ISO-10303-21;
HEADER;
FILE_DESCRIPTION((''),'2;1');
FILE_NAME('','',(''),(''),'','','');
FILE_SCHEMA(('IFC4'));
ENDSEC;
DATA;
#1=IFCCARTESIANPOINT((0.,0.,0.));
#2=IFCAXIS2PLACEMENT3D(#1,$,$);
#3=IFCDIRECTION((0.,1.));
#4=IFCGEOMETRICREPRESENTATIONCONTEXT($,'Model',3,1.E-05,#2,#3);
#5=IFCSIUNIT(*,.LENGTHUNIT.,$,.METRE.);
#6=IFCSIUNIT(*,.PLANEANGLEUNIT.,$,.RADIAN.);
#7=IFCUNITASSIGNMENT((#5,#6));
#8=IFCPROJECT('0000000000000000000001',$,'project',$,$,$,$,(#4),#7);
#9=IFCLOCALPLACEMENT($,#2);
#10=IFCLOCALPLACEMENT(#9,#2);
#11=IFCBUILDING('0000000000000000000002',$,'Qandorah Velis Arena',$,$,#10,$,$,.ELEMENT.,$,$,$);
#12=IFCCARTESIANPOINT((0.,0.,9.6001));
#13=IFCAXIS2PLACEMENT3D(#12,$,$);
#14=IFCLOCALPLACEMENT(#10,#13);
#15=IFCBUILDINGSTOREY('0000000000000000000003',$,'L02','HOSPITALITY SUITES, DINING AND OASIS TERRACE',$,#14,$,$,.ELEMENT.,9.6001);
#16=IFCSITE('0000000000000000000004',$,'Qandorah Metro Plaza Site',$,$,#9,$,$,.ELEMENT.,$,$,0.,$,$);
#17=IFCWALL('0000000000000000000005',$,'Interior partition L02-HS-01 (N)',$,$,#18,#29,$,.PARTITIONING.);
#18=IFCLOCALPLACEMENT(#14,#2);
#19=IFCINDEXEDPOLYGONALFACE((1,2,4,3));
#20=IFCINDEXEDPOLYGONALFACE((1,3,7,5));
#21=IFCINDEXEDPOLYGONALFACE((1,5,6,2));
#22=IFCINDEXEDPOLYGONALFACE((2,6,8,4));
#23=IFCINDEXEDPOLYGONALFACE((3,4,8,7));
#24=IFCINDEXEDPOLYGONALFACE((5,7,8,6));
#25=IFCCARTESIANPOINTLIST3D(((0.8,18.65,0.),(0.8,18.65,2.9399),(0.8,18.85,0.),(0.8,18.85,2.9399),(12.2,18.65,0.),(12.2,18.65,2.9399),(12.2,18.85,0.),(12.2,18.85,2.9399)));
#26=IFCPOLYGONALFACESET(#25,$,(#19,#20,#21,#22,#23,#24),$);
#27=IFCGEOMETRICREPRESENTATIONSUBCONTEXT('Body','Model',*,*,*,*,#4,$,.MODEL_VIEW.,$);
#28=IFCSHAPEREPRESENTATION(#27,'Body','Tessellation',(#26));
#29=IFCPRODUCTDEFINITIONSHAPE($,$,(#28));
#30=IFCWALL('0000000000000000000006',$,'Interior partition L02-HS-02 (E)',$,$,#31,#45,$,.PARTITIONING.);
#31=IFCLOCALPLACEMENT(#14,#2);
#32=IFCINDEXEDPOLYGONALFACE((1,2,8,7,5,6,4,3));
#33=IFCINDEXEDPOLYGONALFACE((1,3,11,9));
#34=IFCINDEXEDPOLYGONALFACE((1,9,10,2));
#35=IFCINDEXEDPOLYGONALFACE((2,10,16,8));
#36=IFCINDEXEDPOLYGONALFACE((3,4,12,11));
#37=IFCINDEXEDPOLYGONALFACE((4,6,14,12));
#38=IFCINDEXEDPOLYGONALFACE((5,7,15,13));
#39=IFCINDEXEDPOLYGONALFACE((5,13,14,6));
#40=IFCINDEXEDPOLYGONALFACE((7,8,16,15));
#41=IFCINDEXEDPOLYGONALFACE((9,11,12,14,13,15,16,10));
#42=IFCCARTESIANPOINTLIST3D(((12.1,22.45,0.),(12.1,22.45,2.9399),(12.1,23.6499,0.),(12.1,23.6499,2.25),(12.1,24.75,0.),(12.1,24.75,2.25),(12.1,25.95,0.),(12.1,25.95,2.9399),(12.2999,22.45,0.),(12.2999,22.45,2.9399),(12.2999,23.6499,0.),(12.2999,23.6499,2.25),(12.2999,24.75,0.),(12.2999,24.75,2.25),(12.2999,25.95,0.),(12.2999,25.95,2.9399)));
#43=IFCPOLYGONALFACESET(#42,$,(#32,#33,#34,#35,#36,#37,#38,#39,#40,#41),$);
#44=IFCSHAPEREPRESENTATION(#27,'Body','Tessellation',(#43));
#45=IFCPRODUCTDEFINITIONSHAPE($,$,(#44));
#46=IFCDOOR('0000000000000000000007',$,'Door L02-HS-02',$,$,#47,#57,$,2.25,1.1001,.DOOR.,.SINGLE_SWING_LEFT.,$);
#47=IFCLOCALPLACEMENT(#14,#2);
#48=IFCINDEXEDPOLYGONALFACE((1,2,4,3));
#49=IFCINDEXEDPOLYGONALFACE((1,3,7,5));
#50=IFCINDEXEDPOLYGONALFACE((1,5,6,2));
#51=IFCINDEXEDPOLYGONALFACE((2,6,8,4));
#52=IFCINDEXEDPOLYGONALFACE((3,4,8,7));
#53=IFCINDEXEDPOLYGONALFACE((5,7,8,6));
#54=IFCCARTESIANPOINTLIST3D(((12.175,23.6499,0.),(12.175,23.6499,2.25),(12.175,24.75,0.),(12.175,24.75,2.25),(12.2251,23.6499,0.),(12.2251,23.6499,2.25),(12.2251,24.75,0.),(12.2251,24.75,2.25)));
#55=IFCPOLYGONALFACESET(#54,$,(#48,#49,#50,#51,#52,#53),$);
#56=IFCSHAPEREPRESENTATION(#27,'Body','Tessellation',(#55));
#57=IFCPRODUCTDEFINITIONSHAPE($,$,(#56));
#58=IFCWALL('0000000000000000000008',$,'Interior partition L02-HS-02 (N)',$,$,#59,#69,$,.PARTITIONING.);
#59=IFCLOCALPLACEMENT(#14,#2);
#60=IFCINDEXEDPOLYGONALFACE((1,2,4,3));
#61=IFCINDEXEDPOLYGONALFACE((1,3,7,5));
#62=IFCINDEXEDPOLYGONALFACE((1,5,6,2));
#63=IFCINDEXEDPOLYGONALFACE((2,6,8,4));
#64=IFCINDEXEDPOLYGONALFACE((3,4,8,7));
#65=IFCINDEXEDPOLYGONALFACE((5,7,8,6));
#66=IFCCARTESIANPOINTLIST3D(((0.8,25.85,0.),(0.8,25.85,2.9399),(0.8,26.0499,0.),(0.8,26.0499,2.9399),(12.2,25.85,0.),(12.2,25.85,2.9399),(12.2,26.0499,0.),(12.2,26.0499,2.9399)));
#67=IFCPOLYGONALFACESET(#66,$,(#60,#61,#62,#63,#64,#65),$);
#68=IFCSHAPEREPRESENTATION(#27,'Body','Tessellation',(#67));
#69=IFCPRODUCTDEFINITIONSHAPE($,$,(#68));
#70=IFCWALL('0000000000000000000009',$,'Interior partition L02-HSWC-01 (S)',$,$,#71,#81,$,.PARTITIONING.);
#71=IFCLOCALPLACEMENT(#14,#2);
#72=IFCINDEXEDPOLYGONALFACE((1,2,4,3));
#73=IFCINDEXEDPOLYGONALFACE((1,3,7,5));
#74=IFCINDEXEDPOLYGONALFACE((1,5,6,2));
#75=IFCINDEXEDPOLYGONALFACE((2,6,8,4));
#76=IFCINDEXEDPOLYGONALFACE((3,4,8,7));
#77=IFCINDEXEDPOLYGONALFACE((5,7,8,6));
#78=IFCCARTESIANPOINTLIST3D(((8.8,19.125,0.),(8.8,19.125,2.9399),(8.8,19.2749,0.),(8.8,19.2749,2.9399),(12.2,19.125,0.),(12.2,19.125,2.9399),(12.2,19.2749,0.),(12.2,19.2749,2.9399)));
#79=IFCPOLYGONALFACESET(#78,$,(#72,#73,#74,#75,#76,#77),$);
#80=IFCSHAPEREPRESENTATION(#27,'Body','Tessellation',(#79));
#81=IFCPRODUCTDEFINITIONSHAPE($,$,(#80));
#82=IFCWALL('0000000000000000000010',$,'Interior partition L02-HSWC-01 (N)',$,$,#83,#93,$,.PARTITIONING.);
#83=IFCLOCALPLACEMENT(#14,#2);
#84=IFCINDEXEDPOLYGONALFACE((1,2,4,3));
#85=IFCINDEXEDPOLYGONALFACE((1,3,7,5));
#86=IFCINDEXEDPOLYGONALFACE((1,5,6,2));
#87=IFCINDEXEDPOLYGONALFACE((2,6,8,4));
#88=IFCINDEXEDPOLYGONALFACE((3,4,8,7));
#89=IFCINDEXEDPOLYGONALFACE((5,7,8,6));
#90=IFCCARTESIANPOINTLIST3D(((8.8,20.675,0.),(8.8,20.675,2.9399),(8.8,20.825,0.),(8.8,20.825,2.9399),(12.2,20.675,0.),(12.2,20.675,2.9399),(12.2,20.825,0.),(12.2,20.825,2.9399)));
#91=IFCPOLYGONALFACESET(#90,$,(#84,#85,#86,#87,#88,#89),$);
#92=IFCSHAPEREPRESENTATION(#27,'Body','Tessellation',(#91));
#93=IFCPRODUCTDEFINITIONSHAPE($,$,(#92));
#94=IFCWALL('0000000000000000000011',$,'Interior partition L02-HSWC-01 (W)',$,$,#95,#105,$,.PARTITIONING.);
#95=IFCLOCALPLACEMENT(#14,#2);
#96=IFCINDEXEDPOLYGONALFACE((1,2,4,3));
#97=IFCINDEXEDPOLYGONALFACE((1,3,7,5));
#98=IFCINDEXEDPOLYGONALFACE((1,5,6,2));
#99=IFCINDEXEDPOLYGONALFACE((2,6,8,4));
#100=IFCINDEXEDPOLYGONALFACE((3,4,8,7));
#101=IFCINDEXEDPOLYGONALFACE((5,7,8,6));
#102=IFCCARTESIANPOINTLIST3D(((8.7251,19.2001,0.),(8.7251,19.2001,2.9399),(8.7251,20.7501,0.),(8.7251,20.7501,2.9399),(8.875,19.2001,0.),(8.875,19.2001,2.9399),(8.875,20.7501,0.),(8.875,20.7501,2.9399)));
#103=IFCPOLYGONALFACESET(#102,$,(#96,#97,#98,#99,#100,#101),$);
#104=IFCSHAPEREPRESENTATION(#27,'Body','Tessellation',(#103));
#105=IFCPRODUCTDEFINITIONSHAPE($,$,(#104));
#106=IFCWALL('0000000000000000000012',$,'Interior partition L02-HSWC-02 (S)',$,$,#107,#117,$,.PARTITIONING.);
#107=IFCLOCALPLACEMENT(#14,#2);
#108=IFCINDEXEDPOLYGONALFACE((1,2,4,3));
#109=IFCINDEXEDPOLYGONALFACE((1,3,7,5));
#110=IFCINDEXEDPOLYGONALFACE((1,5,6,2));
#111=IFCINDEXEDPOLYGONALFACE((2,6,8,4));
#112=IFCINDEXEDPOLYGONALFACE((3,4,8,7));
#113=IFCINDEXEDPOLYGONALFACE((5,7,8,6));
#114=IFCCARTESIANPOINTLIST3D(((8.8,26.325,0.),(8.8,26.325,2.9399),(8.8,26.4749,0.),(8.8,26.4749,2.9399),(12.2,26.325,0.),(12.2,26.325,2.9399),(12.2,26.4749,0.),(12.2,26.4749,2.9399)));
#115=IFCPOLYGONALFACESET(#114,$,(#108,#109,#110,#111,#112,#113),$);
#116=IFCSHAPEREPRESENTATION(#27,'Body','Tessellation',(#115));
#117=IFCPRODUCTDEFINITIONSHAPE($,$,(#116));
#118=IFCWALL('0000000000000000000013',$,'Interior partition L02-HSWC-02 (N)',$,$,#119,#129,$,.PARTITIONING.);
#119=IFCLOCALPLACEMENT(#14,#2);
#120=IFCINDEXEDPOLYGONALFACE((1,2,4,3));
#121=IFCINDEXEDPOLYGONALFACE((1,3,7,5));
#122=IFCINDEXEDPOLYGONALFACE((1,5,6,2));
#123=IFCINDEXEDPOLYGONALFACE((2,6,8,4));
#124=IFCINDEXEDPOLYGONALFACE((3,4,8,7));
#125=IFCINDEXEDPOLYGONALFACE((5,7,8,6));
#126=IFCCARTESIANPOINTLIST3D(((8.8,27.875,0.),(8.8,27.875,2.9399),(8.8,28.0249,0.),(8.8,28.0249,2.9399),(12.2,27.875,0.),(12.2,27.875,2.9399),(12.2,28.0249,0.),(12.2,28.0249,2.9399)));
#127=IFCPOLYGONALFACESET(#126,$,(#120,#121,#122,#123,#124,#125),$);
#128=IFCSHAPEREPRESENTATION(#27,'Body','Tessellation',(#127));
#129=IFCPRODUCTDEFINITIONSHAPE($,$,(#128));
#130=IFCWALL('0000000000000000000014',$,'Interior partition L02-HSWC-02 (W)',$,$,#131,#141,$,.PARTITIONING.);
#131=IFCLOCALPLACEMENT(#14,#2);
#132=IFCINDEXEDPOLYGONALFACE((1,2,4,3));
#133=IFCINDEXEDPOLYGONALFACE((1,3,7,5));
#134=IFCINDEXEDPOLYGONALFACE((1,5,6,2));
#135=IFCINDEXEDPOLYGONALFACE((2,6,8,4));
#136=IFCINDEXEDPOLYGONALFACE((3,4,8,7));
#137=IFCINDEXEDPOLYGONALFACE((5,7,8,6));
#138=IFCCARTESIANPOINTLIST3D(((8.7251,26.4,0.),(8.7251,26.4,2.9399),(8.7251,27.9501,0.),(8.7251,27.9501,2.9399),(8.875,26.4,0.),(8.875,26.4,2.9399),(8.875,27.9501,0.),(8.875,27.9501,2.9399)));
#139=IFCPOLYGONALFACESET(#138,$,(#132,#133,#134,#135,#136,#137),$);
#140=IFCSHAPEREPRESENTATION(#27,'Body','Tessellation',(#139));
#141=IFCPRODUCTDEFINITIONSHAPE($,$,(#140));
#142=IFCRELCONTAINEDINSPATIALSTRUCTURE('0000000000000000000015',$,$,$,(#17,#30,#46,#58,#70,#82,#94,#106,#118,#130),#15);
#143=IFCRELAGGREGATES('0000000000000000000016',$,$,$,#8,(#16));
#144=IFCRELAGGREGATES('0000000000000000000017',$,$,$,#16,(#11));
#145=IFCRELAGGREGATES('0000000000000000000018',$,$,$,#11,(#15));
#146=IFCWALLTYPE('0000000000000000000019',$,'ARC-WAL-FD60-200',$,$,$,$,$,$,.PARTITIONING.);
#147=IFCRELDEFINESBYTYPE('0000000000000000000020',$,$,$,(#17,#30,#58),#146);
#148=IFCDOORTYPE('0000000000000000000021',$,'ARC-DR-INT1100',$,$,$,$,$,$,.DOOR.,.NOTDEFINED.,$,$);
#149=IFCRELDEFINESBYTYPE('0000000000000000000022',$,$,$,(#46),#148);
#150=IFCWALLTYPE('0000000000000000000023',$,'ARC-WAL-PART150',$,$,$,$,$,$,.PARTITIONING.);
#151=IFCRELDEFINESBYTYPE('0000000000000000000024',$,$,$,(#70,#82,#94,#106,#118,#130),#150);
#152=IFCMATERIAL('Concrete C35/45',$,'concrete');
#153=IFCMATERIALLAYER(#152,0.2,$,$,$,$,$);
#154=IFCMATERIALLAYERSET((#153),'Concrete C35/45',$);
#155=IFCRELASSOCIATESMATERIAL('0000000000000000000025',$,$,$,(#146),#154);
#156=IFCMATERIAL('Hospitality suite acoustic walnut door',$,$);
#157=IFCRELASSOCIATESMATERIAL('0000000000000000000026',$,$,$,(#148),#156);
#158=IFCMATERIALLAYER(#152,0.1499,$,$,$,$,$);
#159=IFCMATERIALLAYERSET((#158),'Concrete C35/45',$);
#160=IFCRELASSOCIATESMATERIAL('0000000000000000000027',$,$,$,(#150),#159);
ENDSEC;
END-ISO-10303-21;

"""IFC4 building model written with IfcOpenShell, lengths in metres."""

from ifc_helpers import new_model, si_unit, direction, frame, frame_2d, origin, place, context, subcontext, project, spatial, rectangle, extrude, material, layer, layer_set, type_object, element, fill, save


model = new_model("IFC4")

# Units and contexts
model_context = context("Model", 3, precision=1e-05, world=origin(), true_north=direction((0.0, 1.0)))
body_context = subcontext(model_context, "Body", "Model", "MODEL_VIEW")
ifc_project = project(units=[si_unit("LENGTHUNIT", "METRE"), si_unit("PLANEANGLEUNIT", "RADIAN")], contexts=[model_context])

# Site, building, storey
site_placement = place(None, origin())
site = spatial("IfcSite", under=ifc_project, at=site_placement, Name="Qandorah Metro Plaza Site", CompositionType="ELEMENT", RefElevation=0.0)
building_placement = place(site_placement, origin())
building = spatial("IfcBuilding", under=site, at=building_placement, Name="Qandorah Velis Arena", CompositionType="ELEMENT")
storey_placement = place(building_placement, frame((0.0, 0.0, 9.6001)))
storey = spatial("IfcBuildingStorey", under=building, at=storey_placement, Name="L02", Description="HOSPITALITY SUITES, DINING AND OASIS TERRACE", CompositionType="ELEMENT", Elevation=9.6001)

# Wall
ifc_material_1 = material(Name="Concrete C35/45", Category="concrete")
ifc_layer_1 = layer(ifc_material_1, 0.2)
ifc_layer_set_1 = layer_set([ifc_layer_1], Name="Concrete C35/45")
wall_type_1 = type_object("IfcWallType", Name="ARC-WAL-FD60-200", PredefinedType="PARTITIONING", material=ifc_layer_set_1)
wall_1_placement = place(storey_placement, frame((12.2, 18.75, 0.0), z_axis=(0.0, 0.0, 1.0), x_axis=(-1.0, 0.0, 0.0)))
element("IfcWall", 1, at=wall_1_placement, inside=storey, type_object=wall_type_1, Name="Interior partition L02-HS-01 (N)", PredefinedType="PARTITIONING", context=body_context, shape_type="SweptSolid", body=[
    extrude(rectangle(XDim=11.3999, YDim=0.2, at=frame_2d((5.7, 0.0))), origin(), (0.0, 0.0, 1.0), 2.9399),
])

# Wall, opening, door
wall_2_placement = place(storey_placement, frame((12.2, 22.45, 0.0), z_axis=(0.0, 0.0, 1.0), x_axis=(0.0, 1.0, 0.0)))
wall_2 = element("IfcWall", 2, at=wall_2_placement, inside=storey, type_object=wall_type_1, Name="Interior partition L02-HS-02 (E)", PredefinedType="PARTITIONING", context=body_context, shape_type="SweptSolid", body=[
    extrude(rectangle(XDim=3.5, YDim=0.2, at=frame_2d((1.75, 0.0))), origin(), (0.0, 0.0, 1.0), 2.9399),
])
opening_1_placement = place(wall_2_placement, frame((1.2, 0.0, 0.0)))
opening_1 = element("IfcOpeningElement", 3, at=opening_1_placement, cuts=wall_2, PredefinedType="OPENING", context=body_context, shape_type="SweptSolid", body=[
    extrude(rectangle(XDim=1.1001, YDim=2.25, at=frame_2d((0.55, 1.125))), frame((0.0, 0.1099, 0.0), z_axis=(0.0, -1.0, 0.0), x_axis=(1.0, 0.0, 0.0)), (0.0, 0.0, 1.0), 0.22),
])
ifc_material_2 = material(Name="Hospitality suite acoustic walnut door")
door_type_1 = type_object("IfcDoorType", Name="ARC-DR-INT1100", OperationType="NOTDEFINED", PredefinedType="DOOR", material=ifc_material_2)
door_1_placement = place(opening_1_placement, origin())
door_1 = element("IfcDoor", 4, at=door_1_placement, inside=storey, type_object=door_type_1, Name="Door L02-HS-02", OperationType="SINGLE_SWING_LEFT", OverallHeight=2.25, OverallWidth=1.1001, PredefinedType="DOOR", context=body_context, shape_type="SweptSolid", body=[
    extrude(rectangle(XDim=1.1001, YDim=2.25, at=frame_2d((0.55, 1.125))), frame((0.0, 0.0249, 0.0), z_axis=(0.0, -1.0, 0.0), x_axis=(1.0, 0.0, 0.0)), (0.0, 0.0, 1.0), 0.05),
])
fill(opening_1, door_1)

# Walls
wall_3_placement = place(storey_placement, frame((12.2, 25.95, 0.0), z_axis=(0.0, 0.0, 1.0), x_axis=(-1.0, 0.0, 0.0)))
element("IfcWall", 5, at=wall_3_placement, inside=storey, type_object=wall_type_1, Name="Interior partition L02-HS-02 (N)", PredefinedType="PARTITIONING", context=body_context, shape_type="SweptSolid", body=[
    extrude(rectangle(XDim=11.3999, YDim=0.2, at=frame_2d((5.7, 0.0))), origin(), (0.0, 0.0, 1.0), 2.9399),
])
ifc_layer_2 = layer(ifc_material_1, 0.1499)
ifc_layer_set_2 = layer_set([ifc_layer_2], Name="Concrete C35/45")
wall_type_2 = type_object("IfcWallType", Name="ARC-WAL-PART150", PredefinedType="PARTITIONING", material=ifc_layer_set_2)
wall_4_placement = place(storey_placement, frame((8.8, 19.2, 0.0), z_axis=(0.0, 0.0, 1.0), x_axis=(1.0, 0.0, 0.0)))
element("IfcWall", 6, at=wall_4_placement, inside=storey, type_object=wall_type_2, Name="Interior partition L02-HSWC-01 (S)", PredefinedType="PARTITIONING", context=body_context, shape_type="SweptSolid", body=[
    extrude(rectangle(XDim=3.3999, YDim=0.1499, at=frame_2d((1.7, 0.0))), origin(), (0.0, 0.0, 1.0), 2.9399),
])

# Walls
wall_5_placement = place(storey_placement, frame((12.2, 20.75, 0.0), z_axis=(0.0, 0.0, 1.0), x_axis=(-1.0, 0.0, 0.0)))
element("IfcWall", 7, at=wall_5_placement, inside=storey, type_object=wall_type_2, Name="Interior partition L02-HSWC-01 (N)", PredefinedType="PARTITIONING", context=body_context, shape_type="SweptSolid", body=[
    extrude(rectangle(XDim=3.3999, YDim=0.1499, at=frame_2d((1.7, 0.0))), origin(), (0.0, 0.0, 1.0), 2.9399),
])
wall_6_placement = place(storey_placement, frame((8.8, 20.75, 0.0), z_axis=(0.0, 0.0, 1.0), x_axis=(0.0, -1.0, 0.0)))
element("IfcWall", 8, at=wall_6_placement, inside=storey, type_object=wall_type_2, Name="Interior partition L02-HSWC-01 (W)", PredefinedType="PARTITIONING", context=body_context, shape_type="SweptSolid", body=[
    extrude(rectangle(XDim=1.55, YDim=0.1499, at=frame_2d((0.7749, 0.0))), origin(), (0.0, 0.0, 1.0), 2.9399),
])
wall_7_placement = place(storey_placement, frame((8.8, 26.3999, 0.0), z_axis=(0.0, 0.0, 1.0), x_axis=(1.0, 0.0, 0.0)))
element("IfcWall", 9, at=wall_7_placement, inside=storey, type_object=wall_type_2, Name="Interior partition L02-HSWC-02 (S)", PredefinedType="PARTITIONING", context=body_context, shape_type="SweptSolid", body=[
    extrude(rectangle(XDim=3.3999, YDim=0.1499, at=frame_2d((1.7, 0.0))), origin(), (0.0, 0.0, 1.0), 2.9399),
])

# Walls
wall_8_placement = place(storey_placement, frame((12.2, 27.95, 0.0), z_axis=(0.0, 0.0, 1.0), x_axis=(-1.0, 0.0, 0.0)))
element("IfcWall", 10, at=wall_8_placement, inside=storey, type_object=wall_type_2, Name="Interior partition L02-HSWC-02 (N)", PredefinedType="PARTITIONING", context=body_context, shape_type="SweptSolid", body=[
    extrude(rectangle(XDim=3.3999, YDim=0.1499, at=frame_2d((1.7, 0.0))), origin(), (0.0, 0.0, 1.0), 2.9399),
])
wall_9_placement = place(storey_placement, frame((8.8, 27.95, 0.0), z_axis=(0.0, 0.0, 1.0), x_axis=(0.0, -1.0, 0.0)))
element("IfcWall", 11, at=wall_9_placement, inside=storey, type_object=wall_type_2, Name="Interior partition L02-HSWC-02 (W)", PredefinedType="PARTITIONING", context=body_context, shape_type="SweptSolid", body=[
    extrude(rectangle(XDim=1.55, YDim=0.1499, at=frame_2d((0.7749, 0.0))), origin(), (0.0, 0.0, 1.0), 2.9399),
])

save(model, "model.ifc")
